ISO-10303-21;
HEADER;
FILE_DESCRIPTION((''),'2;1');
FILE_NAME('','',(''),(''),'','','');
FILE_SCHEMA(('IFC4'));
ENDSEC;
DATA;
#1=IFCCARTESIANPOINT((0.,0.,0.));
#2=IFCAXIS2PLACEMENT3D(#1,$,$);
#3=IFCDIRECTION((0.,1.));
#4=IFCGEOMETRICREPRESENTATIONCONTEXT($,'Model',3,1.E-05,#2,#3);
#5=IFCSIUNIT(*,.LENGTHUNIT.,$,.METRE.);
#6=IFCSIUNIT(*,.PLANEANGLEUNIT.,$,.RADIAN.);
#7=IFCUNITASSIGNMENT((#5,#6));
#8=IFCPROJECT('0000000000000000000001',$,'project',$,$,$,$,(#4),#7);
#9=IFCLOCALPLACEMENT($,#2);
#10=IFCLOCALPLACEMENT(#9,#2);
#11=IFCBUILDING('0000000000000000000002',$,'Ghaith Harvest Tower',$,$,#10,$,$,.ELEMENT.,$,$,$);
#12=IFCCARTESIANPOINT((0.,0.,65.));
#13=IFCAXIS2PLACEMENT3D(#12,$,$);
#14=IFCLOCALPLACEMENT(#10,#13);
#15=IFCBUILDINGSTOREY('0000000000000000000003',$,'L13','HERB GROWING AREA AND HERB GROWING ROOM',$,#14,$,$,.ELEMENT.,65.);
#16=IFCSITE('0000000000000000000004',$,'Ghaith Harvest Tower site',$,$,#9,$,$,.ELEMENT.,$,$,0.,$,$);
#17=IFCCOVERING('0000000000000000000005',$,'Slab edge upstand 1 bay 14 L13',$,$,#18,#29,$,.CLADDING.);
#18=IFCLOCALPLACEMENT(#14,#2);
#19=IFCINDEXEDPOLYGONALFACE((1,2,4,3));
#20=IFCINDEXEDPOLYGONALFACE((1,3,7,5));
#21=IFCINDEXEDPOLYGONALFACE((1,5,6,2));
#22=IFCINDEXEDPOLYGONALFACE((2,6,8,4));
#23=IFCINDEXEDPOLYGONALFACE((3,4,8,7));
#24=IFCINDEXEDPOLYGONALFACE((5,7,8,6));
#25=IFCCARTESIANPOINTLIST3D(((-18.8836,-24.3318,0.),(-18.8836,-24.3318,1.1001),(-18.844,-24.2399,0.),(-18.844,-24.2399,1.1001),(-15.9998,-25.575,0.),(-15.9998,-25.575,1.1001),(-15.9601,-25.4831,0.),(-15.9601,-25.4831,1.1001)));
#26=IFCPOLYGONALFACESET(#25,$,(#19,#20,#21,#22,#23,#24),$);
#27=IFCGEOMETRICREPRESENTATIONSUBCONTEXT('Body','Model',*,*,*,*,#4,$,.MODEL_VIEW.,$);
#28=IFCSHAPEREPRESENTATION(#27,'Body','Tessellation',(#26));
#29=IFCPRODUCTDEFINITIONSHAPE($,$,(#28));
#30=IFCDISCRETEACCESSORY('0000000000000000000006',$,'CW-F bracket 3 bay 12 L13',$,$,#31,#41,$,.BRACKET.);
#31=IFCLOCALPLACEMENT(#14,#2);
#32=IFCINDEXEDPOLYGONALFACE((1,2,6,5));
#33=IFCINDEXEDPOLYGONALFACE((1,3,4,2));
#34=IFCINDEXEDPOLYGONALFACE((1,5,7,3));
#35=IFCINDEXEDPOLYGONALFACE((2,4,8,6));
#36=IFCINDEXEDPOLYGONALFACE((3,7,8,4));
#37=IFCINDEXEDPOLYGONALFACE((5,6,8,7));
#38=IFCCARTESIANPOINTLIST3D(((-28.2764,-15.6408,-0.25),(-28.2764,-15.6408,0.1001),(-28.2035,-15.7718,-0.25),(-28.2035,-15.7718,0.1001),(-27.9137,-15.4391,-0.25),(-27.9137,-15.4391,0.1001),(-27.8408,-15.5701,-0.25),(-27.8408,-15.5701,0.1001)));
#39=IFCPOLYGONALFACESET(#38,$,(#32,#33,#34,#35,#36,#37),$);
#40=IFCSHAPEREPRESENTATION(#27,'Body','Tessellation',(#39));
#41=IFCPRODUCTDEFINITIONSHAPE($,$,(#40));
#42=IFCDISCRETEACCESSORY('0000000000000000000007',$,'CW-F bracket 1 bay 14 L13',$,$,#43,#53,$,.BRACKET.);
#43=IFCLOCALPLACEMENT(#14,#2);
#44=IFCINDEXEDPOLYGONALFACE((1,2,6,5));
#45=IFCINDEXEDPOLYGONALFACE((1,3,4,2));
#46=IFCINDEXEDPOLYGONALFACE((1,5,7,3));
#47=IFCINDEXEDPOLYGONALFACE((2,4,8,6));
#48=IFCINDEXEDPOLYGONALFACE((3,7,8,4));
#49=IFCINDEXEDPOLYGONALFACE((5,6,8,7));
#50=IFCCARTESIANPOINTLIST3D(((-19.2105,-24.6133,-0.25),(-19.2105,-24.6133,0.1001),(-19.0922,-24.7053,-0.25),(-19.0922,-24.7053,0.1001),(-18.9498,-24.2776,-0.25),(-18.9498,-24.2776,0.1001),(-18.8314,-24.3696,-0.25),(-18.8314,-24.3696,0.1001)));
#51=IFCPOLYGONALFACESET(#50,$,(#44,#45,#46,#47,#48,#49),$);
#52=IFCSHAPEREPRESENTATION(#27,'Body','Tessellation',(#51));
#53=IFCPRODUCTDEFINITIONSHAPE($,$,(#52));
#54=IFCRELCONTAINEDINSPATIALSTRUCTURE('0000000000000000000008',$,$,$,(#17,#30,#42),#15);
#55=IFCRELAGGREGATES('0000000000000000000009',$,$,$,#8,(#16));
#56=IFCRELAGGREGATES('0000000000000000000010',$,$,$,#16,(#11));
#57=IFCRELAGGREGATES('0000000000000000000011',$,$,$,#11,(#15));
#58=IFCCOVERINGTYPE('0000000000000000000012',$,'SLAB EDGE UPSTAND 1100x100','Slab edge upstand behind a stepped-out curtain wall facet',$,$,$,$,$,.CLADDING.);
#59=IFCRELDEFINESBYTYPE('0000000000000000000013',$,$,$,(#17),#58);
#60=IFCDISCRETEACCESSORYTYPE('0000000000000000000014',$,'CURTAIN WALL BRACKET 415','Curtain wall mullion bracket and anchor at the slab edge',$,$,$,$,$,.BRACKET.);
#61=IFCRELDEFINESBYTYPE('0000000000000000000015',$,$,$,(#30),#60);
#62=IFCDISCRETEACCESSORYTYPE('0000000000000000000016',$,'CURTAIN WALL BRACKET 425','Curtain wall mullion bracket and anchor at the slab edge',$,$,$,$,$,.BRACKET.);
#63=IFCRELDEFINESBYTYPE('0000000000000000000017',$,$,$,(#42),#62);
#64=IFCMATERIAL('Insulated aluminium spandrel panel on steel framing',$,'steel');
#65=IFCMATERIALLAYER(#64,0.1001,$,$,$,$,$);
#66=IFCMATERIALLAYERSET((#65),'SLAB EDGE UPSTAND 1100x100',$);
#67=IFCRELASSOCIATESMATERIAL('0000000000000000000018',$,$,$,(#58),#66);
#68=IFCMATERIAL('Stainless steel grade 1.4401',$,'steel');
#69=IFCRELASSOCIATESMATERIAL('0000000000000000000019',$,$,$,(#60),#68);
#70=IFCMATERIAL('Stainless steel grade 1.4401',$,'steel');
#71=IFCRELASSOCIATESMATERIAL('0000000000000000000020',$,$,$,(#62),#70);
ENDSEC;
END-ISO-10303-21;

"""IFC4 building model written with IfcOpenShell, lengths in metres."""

from ifc_helpers import new_model, si_unit, direction, frame, origin, origin_2d, place, context, subcontext, project, spatial, rectangle, extrude, material, layer, layer_set, type_object, element, save


model = new_model("IFC4")

# Units and contexts
model_context = context("Model", 3, precision=1e-05, world=origin(), true_north=direction((0.0, 1.0)))
body_context = subcontext(model_context, "Body", "Model", "MODEL_VIEW")
ifc_project = project(units=[si_unit("LENGTHUNIT", "METRE"), si_unit("PLANEANGLEUNIT", "RADIAN")], contexts=[model_context])

# Site, building, storey
site_placement = place(None, origin())
site = spatial("IfcSite", under=ifc_project, at=site_placement, Name="Ghaith Harvest Tower site", CompositionType="ELEMENT", RefElevation=0.0)
building_placement = place(site_placement, origin())
building = spatial("IfcBuilding", under=site, at=building_placement, Name="Ghaith Harvest Tower", CompositionType="ELEMENT")
storey_placement = place(building_placement, frame((0.0, 0.0, 65.0)))
storey = spatial("IfcBuildingStorey", under=building, at=storey_placement, Name="L13", Description="HERB GROWING AREA AND HERB GROWING ROOM", CompositionType="ELEMENT", Elevation=65.0)

# Covering
ifc_material_1 = material(Name="Insulated aluminium spandrel panel on steel framing", Category="steel")
ifc_layer_1 = layer(ifc_material_1, 0.1001)
ifc_layer_set_1 = layer_set([ifc_layer_1], Name="SLAB EDGE UPSTAND 1100x100")
covering_type = type_object("IfcCoveringType", Name="SLAB EDGE UPSTAND 1100x100", Description="Slab edge upstand behind a stepped-out curtain wall facet", PredefinedType="CLADDING", material=ifc_layer_set_1)
covering_1_placement = place(storey_placement, frame((-17.4219, -24.9075, 0.0), z_axis=(0.0, 0.0, 1.0), x_axis=(0.918307, -0.395869, 0.0)))
element("IfcCovering", 1, at=covering_1_placement, inside=storey, type_object=covering_type, Name="Slab edge upstand 1 bay 14 L13", PredefinedType="CLADDING", context=body_context, shape_type="SweptSolid", body=[
    extrude(rectangle(XDim=3.1404, YDim=0.1001, at=origin_2d()), origin(), (0.0, 0.0, 1.0), 1.1001),
])

# Discrete accessories
ifc_material_2 = material(Name="Stainless steel grade 1.4401", Category="steel")
discrete_accessory_type_1 = type_object("IfcDiscreteAccessoryType", Name="CURTAIN WALL BRACKET 415", Description="Curtain wall mullion bracket and anchor at the slab edge", PredefinedType="BRACKET", material=ifc_material_2)
discrete_accessory_1_placement = place(storey_placement, frame((-28.0586, -15.6055, -0.25), z_axis=(0.0, 0.0, 1.0), x_axis=(-0.873927, -0.486057, 0.0)))
element("IfcDiscreteAccessory", 2, at=discrete_accessory_1_placement, inside=storey, type_object=discrete_accessory_type_1, Name="CW-F bracket 3 bay 12 L13", PredefinedType="BRACKET", context=body_context, shape_type="SweptSolid", body=[
    extrude(rectangle(XDim=0.415, YDim=0.1499, at=origin_2d()), origin(), (0.0, 0.0, 1.0), 0.3501),
])
ifc_material_3 = material(Name="Stainless steel grade 1.4401", Category="steel")
discrete_accessory_type_2 = type_object("IfcDiscreteAccessoryType", Name="CURTAIN WALL BRACKET 425", Description="Curtain wall mullion bracket and anchor at the slab edge", PredefinedType="BRACKET", material=ifc_material_3)
discrete_accessory_2_placement = place(storey_placement, frame((-19.021, -24.4915, -0.25), z_axis=(0.0, 0.0, 1.0), x_axis=(-0.613378, -0.78979, 0.0)))
element("IfcDiscreteAccessory", 3, at=discrete_accessory_2_placement, inside=storey, type_object=discrete_accessory_type_2, Name="CW-F bracket 1 bay 14 L13", PredefinedType="BRACKET", context=body_context, shape_type="SweptSolid", body=[
    extrude(rectangle(XDim=0.425, YDim=0.1499, at=origin_2d()), origin(), (0.0, 0.0, 1.0), 0.3501),
])

save(model, "model.ifc")
